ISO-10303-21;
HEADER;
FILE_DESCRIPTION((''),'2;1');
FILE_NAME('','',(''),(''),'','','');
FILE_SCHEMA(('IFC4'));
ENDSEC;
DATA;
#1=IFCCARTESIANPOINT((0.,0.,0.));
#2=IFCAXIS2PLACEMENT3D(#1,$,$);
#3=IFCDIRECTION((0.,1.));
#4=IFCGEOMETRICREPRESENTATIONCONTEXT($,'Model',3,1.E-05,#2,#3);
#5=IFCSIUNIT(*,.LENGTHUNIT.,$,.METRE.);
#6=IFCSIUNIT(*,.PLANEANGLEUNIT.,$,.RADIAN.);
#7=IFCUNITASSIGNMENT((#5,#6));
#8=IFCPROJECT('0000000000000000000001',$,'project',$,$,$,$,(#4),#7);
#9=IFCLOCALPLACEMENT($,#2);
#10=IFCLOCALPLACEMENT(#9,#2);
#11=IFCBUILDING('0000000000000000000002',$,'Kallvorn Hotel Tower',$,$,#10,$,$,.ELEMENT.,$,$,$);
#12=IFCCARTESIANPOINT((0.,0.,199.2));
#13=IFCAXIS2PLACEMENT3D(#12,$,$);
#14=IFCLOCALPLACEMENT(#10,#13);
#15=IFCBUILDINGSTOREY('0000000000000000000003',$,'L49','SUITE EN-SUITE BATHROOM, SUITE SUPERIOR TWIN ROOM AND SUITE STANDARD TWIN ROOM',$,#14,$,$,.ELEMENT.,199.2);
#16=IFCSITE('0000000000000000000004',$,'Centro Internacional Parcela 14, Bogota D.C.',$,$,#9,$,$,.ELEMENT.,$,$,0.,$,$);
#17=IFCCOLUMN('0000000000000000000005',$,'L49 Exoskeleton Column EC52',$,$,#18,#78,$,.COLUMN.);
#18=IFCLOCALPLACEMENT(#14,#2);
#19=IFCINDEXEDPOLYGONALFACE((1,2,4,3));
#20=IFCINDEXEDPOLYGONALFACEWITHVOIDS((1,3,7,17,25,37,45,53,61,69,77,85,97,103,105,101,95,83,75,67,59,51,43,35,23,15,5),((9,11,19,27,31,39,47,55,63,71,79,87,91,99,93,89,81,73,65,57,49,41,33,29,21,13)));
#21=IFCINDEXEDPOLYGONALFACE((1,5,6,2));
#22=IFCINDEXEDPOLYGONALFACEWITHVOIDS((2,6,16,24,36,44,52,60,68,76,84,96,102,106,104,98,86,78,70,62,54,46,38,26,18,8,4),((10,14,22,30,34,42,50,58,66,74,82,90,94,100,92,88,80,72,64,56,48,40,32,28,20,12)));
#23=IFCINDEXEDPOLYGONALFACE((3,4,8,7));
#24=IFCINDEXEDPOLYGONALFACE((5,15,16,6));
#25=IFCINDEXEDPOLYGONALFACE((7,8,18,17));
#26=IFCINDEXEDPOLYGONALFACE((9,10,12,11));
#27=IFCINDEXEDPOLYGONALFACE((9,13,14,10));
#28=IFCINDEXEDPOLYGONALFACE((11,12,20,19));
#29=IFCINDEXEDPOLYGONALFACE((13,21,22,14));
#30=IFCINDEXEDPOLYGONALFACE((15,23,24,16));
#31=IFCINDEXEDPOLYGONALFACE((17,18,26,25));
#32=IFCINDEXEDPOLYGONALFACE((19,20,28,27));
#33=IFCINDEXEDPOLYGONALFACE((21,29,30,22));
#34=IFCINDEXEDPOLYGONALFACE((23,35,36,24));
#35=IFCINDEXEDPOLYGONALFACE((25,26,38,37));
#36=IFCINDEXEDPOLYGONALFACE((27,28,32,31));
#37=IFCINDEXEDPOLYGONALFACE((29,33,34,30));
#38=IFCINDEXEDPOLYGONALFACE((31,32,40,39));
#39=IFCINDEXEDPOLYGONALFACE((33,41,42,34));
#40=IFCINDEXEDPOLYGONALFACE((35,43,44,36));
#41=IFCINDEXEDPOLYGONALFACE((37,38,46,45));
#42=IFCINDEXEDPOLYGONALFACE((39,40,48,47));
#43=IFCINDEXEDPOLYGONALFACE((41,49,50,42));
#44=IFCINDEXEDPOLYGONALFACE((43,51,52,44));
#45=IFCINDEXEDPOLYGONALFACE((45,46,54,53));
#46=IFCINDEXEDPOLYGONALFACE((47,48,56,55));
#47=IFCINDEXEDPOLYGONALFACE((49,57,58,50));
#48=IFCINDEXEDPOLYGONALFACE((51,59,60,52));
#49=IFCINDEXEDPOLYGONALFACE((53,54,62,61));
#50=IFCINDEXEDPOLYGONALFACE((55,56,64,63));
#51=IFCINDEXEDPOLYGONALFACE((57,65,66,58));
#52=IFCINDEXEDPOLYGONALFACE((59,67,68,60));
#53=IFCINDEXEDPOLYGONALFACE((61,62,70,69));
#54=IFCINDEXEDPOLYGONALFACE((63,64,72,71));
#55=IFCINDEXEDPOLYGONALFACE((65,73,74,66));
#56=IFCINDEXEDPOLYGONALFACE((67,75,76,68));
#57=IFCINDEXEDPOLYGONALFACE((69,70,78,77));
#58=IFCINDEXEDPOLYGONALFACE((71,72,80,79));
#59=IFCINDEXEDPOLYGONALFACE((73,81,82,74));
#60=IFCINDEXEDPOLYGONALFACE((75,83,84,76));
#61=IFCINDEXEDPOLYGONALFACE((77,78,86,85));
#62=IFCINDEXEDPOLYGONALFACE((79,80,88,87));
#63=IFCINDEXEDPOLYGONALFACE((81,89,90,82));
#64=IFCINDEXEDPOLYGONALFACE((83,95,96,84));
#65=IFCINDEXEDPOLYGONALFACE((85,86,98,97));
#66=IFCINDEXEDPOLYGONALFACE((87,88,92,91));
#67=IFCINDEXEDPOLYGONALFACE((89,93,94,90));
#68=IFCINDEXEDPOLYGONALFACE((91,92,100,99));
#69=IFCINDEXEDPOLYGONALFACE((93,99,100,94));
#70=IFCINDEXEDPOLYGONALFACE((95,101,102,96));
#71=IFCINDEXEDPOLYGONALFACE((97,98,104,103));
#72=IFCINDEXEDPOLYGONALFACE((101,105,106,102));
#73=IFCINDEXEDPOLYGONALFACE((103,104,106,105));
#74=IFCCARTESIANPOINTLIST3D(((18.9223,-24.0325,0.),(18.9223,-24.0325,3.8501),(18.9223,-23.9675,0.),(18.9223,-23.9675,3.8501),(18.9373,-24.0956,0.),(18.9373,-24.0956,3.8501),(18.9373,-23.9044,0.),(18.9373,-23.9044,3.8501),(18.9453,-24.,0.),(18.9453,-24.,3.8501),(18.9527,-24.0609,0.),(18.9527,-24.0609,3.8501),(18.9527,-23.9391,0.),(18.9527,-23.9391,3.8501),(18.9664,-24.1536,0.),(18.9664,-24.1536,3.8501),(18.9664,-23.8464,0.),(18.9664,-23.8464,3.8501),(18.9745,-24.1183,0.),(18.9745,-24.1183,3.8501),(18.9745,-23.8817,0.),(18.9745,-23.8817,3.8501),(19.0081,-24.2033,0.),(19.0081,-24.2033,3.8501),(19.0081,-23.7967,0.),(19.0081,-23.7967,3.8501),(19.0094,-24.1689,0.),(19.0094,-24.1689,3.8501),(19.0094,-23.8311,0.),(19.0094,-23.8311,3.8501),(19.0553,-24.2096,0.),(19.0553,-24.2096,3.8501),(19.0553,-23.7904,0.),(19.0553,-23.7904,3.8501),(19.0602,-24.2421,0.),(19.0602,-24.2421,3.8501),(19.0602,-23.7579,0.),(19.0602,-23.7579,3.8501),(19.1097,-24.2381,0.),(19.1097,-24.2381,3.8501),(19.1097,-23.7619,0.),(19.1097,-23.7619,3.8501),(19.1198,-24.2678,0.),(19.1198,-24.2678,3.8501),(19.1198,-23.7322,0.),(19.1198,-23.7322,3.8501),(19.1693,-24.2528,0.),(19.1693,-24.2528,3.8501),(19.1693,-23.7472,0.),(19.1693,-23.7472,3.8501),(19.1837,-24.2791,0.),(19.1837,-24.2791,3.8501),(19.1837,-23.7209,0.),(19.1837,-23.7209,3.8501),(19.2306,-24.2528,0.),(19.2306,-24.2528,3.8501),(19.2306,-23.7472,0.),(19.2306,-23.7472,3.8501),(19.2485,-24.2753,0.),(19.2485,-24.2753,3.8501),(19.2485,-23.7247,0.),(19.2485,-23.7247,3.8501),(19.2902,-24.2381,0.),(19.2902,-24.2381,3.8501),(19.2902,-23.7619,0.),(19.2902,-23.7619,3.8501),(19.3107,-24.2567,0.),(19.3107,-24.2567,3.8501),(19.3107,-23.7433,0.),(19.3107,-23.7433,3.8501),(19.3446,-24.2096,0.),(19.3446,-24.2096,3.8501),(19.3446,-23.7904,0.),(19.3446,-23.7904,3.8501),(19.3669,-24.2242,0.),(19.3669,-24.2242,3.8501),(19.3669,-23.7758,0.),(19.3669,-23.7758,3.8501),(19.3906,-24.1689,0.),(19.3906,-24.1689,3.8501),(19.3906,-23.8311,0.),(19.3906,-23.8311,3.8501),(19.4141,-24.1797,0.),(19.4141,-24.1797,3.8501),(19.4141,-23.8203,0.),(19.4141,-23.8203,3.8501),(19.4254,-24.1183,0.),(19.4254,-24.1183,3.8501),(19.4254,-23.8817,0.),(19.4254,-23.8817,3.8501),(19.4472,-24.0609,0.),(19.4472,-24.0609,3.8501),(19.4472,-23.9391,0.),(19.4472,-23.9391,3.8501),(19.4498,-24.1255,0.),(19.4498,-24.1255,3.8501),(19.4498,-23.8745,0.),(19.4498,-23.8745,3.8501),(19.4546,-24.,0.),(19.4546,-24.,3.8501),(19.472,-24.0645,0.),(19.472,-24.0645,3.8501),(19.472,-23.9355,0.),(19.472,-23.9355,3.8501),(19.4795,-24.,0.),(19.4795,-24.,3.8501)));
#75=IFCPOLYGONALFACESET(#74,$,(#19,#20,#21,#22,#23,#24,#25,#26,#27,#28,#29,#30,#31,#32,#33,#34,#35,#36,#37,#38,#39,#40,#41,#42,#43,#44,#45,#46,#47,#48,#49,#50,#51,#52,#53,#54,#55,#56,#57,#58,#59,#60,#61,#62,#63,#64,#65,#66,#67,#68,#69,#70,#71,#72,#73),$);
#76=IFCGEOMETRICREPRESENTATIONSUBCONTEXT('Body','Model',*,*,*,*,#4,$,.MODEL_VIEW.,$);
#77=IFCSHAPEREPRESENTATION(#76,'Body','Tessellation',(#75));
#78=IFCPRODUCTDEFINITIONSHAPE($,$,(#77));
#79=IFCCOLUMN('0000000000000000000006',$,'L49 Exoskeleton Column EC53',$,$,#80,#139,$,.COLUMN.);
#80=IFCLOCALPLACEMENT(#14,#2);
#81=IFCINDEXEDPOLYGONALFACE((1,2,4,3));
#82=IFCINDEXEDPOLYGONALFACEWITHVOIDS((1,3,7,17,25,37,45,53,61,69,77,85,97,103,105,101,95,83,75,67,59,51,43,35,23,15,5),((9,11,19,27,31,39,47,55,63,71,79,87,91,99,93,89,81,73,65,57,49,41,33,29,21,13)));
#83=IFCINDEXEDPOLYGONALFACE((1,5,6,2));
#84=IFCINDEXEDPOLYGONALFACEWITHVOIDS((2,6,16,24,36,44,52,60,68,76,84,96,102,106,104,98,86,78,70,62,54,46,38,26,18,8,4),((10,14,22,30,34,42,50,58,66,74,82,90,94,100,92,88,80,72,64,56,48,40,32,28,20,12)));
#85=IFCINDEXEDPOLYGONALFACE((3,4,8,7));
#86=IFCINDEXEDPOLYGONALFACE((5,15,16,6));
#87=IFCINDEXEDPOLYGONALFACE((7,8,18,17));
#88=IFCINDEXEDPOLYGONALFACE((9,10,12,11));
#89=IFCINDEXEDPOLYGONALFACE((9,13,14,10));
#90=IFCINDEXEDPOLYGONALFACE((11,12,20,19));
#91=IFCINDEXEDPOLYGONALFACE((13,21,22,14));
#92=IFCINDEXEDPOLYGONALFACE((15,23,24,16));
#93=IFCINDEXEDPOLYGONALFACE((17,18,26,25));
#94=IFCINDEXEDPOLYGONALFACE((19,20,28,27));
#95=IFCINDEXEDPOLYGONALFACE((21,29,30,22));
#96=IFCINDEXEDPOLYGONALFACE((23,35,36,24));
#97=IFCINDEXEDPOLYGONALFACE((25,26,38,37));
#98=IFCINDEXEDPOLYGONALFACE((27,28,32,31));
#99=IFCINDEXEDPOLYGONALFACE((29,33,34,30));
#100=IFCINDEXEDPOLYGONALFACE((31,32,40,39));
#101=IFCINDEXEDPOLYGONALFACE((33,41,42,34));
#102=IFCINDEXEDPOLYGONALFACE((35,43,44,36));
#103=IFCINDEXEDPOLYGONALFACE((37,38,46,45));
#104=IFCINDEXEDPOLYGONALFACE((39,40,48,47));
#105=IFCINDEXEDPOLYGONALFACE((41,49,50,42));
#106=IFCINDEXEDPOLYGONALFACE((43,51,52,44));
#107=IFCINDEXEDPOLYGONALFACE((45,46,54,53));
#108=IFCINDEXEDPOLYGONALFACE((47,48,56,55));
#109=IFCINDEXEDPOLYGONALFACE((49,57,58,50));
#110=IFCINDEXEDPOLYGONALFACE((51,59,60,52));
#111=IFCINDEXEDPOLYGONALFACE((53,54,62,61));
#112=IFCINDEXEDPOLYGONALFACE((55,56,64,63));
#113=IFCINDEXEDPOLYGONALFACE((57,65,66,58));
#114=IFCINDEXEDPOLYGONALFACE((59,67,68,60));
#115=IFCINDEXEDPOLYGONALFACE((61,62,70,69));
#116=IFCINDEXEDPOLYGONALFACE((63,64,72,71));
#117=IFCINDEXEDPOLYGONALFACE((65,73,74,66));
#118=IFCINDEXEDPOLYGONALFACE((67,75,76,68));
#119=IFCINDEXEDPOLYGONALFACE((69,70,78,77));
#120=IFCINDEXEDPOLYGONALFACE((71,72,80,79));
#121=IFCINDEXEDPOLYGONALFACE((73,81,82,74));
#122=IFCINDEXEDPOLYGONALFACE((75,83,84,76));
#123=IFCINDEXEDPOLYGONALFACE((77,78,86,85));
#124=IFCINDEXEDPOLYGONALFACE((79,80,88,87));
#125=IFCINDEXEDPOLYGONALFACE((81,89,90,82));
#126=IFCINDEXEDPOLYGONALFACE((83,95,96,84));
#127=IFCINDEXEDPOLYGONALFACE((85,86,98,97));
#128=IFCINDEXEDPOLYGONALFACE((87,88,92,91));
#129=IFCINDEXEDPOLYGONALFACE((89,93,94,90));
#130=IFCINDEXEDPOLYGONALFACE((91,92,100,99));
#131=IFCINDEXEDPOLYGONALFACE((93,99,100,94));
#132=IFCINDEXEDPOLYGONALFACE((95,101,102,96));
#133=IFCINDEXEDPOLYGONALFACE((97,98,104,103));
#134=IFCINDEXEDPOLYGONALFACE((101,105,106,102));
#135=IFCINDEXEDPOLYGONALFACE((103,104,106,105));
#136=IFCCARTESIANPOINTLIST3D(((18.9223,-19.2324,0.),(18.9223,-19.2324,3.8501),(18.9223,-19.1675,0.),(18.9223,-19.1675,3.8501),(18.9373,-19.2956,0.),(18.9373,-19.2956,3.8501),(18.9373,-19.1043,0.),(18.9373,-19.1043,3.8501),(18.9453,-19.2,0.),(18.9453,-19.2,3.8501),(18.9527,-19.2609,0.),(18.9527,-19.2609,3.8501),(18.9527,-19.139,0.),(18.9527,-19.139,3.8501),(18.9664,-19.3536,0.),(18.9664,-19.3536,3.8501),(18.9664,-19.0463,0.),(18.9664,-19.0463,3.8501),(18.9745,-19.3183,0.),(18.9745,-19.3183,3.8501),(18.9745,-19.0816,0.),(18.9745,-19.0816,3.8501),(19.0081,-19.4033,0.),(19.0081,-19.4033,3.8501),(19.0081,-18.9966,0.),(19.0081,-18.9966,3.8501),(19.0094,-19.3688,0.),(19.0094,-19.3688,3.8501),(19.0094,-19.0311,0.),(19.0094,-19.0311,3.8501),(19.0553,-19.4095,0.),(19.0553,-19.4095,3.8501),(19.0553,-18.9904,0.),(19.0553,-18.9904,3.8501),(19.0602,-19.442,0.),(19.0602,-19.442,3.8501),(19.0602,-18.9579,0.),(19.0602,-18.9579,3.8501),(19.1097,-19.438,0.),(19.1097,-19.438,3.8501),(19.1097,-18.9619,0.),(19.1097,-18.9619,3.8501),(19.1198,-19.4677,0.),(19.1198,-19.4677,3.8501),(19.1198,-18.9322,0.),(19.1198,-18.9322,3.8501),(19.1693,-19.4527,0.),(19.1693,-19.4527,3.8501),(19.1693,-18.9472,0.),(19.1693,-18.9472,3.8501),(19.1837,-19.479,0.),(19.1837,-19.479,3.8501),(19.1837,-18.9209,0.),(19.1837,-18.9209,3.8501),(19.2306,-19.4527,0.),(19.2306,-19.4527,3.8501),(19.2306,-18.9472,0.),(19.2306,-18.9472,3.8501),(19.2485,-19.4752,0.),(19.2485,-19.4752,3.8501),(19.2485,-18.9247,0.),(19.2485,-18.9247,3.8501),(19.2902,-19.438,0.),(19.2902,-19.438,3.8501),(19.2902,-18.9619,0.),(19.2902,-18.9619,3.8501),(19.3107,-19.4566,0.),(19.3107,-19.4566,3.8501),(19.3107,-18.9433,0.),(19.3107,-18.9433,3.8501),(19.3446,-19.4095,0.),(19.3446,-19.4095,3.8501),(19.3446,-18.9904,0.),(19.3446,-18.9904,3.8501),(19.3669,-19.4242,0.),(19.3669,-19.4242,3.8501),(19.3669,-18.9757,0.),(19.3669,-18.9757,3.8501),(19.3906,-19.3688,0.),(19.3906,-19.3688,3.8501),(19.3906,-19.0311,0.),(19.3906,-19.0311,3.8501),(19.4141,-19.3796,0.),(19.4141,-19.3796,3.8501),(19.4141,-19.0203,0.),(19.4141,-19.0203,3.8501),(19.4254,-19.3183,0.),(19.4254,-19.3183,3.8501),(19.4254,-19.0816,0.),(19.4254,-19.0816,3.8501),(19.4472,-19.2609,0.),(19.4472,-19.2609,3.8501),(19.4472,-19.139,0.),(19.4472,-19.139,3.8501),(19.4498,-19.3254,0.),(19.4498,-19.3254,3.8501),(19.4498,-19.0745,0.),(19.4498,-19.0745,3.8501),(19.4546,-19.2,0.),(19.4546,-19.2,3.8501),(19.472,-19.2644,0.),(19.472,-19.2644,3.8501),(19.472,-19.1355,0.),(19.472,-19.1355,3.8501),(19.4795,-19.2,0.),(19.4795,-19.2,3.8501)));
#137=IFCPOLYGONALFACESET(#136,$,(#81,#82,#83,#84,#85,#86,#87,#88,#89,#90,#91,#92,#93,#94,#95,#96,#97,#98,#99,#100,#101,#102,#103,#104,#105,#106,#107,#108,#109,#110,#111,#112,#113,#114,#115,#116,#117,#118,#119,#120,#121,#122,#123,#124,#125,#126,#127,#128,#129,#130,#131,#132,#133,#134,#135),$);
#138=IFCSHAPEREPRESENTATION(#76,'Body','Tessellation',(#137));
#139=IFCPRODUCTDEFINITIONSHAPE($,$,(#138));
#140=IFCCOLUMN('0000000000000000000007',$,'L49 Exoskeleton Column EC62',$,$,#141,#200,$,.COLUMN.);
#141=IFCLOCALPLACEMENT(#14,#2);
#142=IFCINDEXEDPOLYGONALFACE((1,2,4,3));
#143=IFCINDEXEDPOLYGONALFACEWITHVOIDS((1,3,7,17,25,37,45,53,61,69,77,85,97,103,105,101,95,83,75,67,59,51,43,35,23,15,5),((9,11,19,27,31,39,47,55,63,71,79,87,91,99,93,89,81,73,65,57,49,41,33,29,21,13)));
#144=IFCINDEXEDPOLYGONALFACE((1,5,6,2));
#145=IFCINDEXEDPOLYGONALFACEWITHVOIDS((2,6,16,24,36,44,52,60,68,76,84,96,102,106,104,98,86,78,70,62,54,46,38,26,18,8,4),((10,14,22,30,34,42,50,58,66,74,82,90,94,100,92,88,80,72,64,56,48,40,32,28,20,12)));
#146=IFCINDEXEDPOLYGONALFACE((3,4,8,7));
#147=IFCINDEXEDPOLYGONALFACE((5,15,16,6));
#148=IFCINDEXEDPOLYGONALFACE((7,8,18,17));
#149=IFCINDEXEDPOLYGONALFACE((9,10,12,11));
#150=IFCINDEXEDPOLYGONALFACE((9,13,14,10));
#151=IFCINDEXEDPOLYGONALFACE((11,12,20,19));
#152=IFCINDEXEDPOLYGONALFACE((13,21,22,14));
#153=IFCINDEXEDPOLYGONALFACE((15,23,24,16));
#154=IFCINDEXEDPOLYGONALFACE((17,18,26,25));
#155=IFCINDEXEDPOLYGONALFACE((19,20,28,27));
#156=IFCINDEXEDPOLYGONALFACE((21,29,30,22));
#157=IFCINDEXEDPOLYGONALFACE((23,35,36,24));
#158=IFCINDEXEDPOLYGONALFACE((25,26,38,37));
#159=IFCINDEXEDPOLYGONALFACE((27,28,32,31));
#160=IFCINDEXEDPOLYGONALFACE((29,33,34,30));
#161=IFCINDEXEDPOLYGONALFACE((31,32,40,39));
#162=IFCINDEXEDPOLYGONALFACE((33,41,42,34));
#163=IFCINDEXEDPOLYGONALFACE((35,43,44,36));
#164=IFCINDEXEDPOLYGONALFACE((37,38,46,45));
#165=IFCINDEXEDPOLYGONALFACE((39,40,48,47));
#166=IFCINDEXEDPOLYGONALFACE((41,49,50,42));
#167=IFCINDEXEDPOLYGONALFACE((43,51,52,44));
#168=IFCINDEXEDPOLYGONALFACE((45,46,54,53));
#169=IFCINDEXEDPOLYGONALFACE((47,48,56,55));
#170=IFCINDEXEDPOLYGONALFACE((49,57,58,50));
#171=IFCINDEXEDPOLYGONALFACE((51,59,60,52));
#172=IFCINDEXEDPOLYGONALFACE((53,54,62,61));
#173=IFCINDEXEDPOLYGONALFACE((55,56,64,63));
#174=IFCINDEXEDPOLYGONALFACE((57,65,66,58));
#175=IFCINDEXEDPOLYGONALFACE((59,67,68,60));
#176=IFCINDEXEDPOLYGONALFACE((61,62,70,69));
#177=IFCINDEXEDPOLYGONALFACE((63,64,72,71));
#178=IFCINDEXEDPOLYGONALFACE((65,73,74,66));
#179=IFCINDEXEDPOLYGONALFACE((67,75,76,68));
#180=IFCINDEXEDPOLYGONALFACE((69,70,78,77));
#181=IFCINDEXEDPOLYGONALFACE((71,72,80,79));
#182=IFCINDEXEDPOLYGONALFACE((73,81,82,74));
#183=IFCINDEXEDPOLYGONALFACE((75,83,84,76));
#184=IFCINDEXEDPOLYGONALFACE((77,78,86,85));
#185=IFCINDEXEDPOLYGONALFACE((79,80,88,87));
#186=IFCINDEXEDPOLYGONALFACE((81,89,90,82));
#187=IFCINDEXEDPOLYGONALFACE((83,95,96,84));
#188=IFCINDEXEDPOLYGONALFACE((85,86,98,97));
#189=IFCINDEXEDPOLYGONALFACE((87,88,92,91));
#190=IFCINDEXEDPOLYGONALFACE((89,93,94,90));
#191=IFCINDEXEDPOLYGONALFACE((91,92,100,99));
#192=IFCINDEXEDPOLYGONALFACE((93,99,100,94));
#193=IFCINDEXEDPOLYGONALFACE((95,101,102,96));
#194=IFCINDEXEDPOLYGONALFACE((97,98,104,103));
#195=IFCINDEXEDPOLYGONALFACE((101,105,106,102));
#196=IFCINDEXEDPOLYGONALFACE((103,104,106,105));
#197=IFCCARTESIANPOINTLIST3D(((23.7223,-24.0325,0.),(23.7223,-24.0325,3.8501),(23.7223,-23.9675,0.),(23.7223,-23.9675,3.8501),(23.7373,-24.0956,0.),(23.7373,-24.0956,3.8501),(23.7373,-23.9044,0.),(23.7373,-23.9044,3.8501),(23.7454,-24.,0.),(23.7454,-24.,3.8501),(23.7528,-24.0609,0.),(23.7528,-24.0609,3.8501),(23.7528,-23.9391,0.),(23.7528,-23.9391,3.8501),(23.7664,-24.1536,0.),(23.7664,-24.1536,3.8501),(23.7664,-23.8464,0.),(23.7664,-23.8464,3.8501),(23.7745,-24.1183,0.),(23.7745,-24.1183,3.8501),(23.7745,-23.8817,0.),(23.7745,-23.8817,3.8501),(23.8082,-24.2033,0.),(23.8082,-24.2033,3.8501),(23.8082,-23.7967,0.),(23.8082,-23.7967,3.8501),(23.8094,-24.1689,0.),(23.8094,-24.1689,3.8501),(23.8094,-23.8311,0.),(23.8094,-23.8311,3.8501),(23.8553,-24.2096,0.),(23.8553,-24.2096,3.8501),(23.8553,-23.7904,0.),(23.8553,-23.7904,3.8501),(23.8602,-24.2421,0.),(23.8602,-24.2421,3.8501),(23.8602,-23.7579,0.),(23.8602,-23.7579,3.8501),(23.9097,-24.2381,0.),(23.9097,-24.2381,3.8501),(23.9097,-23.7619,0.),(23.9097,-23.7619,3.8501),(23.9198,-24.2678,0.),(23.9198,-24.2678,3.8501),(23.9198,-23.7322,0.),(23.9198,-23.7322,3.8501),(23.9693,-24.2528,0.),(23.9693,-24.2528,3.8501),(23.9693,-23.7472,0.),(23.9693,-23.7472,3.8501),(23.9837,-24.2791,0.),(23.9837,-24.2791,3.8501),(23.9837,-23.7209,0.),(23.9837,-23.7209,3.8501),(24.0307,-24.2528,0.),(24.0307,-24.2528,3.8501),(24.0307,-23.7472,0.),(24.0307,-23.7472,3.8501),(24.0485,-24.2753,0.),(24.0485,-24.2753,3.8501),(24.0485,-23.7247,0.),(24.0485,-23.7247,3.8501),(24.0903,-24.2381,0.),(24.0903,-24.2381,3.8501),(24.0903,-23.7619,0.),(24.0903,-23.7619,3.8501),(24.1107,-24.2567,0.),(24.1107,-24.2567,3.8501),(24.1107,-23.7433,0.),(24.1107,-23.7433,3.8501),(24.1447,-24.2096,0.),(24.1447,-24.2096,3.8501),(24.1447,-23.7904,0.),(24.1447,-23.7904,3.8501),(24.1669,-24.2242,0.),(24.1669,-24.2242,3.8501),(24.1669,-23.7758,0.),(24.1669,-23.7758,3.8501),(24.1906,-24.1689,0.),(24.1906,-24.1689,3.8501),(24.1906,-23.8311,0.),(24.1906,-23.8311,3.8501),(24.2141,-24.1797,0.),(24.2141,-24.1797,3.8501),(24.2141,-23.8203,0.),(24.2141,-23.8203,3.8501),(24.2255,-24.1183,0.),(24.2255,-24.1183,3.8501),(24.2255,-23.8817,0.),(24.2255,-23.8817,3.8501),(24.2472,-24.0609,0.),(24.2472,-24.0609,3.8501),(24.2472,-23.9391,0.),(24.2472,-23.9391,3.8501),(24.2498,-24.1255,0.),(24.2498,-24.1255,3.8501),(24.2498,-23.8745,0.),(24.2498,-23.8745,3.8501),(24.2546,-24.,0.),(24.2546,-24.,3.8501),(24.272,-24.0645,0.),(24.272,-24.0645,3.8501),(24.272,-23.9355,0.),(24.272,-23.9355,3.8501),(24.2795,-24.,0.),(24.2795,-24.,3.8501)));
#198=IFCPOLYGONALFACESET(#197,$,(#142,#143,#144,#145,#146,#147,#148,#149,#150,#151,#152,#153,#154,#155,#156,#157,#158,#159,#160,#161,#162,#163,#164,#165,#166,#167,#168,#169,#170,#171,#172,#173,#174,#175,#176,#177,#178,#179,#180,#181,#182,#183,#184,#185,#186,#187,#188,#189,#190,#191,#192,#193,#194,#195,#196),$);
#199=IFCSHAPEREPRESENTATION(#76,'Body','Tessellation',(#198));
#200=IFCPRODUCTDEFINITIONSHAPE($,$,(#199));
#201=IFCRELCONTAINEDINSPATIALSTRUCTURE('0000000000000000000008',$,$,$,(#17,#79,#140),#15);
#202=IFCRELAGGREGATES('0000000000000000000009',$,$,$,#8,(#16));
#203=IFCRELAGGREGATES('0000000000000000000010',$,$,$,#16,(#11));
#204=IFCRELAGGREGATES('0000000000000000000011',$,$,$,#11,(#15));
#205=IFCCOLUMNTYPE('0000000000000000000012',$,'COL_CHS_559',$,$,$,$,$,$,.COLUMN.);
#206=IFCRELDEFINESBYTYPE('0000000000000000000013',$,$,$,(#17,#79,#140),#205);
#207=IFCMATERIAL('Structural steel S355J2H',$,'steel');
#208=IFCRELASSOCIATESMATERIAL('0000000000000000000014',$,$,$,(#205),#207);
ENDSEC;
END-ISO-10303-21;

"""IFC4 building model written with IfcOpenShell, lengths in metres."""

from ifc_helpers import new_model, si_unit, direction, frame, origin, origin_2d, place, context, subcontext, project, spatial, hollow_circle, extrude, material, material_profile, profile_set, type_object, element, save


model = new_model("IFC4")

# Units and contexts
model_context = context("Model", 3, precision=1e-05, world=origin(), true_north=direction((0.0, 1.0)))
body_context = subcontext(model_context, "Body", "Model", "MODEL_VIEW")
ifc_project = project(units=[si_unit("LENGTHUNIT", "METRE"), si_unit("PLANEANGLEUNIT", "RADIAN")], contexts=[model_context])

# Site, building, storey
site_placement = place(None, origin())
site = spatial("IfcSite", under=ifc_project, at=site_placement, Name="Centro Internacional Parcela 14, Bogota D.C.", CompositionType="ELEMENT", RefElevation=0.0)
building_placement = place(site_placement, origin())
building = spatial("IfcBuilding", under=site, at=building_placement, Name="Kallvorn Hotel Tower", CompositionType="ELEMENT")
storey_placement = place(building_placement, frame((0.0, 0.0, 199.2)))
storey = spatial("IfcBuildingStorey", under=building, at=storey_placement, Name="L49", Description="SUITE EN-SUITE BATHROOM, SUITE SUPERIOR TWIN ROOM AND SUITE STANDARD TWIN ROOM", CompositionType="ELEMENT", Elevation=199.2)

# Columns
ifc_material_1 = material(Name="Structural steel S355J2H", Category="steel")
ifc_material_profile_1 = material_profile(ifc_material_1, hollow_circle(Radius=0.2795, WallThickness=0.0249, at=origin_2d()), Name="CHS 559x25")
ifc_profile_set_1 = profile_set([ifc_material_profile_1], Name="Structural steel S355J2H")
column_type = type_object("IfcColumnType", Name="COL_CHS_559", PredefinedType="COLUMN", material=ifc_profile_set_1)
for number, where, z_axis, x_axis, name in (
    (1, (19.2, -24.0, 0.0), (0.0, 0.0, 1.0), (1.0, 0.0, 0.0), "L49 Exoskeleton Column EC52"),
    (2, (19.2, -19.2, 0.0), (0.0, 0.0, 1.0), (1.0, 0.0, 0.0), "L49 Exoskeleton Column EC53"),
    (3, (24.0, -24.0, 0.0), (0.0, 0.0, 1.0), (1.0, 0.0, 0.0), "L49 Exoskeleton Column EC62"),
):
    element("IfcColumn", number, at=place(storey_placement, frame(where, z_axis=z_axis, x_axis=x_axis)), inside=storey, type_object=column_type, Name=name, PredefinedType="COLUMN", context=body_context, shape_type="SweptSolid", body=[
        extrude(hollow_circle(Radius=0.2795, WallThickness=0.0249, at=origin_2d()), origin(), (0.0, 0.0, 1.0), 3.8501),
    ])

save(model, "model.ifc")
